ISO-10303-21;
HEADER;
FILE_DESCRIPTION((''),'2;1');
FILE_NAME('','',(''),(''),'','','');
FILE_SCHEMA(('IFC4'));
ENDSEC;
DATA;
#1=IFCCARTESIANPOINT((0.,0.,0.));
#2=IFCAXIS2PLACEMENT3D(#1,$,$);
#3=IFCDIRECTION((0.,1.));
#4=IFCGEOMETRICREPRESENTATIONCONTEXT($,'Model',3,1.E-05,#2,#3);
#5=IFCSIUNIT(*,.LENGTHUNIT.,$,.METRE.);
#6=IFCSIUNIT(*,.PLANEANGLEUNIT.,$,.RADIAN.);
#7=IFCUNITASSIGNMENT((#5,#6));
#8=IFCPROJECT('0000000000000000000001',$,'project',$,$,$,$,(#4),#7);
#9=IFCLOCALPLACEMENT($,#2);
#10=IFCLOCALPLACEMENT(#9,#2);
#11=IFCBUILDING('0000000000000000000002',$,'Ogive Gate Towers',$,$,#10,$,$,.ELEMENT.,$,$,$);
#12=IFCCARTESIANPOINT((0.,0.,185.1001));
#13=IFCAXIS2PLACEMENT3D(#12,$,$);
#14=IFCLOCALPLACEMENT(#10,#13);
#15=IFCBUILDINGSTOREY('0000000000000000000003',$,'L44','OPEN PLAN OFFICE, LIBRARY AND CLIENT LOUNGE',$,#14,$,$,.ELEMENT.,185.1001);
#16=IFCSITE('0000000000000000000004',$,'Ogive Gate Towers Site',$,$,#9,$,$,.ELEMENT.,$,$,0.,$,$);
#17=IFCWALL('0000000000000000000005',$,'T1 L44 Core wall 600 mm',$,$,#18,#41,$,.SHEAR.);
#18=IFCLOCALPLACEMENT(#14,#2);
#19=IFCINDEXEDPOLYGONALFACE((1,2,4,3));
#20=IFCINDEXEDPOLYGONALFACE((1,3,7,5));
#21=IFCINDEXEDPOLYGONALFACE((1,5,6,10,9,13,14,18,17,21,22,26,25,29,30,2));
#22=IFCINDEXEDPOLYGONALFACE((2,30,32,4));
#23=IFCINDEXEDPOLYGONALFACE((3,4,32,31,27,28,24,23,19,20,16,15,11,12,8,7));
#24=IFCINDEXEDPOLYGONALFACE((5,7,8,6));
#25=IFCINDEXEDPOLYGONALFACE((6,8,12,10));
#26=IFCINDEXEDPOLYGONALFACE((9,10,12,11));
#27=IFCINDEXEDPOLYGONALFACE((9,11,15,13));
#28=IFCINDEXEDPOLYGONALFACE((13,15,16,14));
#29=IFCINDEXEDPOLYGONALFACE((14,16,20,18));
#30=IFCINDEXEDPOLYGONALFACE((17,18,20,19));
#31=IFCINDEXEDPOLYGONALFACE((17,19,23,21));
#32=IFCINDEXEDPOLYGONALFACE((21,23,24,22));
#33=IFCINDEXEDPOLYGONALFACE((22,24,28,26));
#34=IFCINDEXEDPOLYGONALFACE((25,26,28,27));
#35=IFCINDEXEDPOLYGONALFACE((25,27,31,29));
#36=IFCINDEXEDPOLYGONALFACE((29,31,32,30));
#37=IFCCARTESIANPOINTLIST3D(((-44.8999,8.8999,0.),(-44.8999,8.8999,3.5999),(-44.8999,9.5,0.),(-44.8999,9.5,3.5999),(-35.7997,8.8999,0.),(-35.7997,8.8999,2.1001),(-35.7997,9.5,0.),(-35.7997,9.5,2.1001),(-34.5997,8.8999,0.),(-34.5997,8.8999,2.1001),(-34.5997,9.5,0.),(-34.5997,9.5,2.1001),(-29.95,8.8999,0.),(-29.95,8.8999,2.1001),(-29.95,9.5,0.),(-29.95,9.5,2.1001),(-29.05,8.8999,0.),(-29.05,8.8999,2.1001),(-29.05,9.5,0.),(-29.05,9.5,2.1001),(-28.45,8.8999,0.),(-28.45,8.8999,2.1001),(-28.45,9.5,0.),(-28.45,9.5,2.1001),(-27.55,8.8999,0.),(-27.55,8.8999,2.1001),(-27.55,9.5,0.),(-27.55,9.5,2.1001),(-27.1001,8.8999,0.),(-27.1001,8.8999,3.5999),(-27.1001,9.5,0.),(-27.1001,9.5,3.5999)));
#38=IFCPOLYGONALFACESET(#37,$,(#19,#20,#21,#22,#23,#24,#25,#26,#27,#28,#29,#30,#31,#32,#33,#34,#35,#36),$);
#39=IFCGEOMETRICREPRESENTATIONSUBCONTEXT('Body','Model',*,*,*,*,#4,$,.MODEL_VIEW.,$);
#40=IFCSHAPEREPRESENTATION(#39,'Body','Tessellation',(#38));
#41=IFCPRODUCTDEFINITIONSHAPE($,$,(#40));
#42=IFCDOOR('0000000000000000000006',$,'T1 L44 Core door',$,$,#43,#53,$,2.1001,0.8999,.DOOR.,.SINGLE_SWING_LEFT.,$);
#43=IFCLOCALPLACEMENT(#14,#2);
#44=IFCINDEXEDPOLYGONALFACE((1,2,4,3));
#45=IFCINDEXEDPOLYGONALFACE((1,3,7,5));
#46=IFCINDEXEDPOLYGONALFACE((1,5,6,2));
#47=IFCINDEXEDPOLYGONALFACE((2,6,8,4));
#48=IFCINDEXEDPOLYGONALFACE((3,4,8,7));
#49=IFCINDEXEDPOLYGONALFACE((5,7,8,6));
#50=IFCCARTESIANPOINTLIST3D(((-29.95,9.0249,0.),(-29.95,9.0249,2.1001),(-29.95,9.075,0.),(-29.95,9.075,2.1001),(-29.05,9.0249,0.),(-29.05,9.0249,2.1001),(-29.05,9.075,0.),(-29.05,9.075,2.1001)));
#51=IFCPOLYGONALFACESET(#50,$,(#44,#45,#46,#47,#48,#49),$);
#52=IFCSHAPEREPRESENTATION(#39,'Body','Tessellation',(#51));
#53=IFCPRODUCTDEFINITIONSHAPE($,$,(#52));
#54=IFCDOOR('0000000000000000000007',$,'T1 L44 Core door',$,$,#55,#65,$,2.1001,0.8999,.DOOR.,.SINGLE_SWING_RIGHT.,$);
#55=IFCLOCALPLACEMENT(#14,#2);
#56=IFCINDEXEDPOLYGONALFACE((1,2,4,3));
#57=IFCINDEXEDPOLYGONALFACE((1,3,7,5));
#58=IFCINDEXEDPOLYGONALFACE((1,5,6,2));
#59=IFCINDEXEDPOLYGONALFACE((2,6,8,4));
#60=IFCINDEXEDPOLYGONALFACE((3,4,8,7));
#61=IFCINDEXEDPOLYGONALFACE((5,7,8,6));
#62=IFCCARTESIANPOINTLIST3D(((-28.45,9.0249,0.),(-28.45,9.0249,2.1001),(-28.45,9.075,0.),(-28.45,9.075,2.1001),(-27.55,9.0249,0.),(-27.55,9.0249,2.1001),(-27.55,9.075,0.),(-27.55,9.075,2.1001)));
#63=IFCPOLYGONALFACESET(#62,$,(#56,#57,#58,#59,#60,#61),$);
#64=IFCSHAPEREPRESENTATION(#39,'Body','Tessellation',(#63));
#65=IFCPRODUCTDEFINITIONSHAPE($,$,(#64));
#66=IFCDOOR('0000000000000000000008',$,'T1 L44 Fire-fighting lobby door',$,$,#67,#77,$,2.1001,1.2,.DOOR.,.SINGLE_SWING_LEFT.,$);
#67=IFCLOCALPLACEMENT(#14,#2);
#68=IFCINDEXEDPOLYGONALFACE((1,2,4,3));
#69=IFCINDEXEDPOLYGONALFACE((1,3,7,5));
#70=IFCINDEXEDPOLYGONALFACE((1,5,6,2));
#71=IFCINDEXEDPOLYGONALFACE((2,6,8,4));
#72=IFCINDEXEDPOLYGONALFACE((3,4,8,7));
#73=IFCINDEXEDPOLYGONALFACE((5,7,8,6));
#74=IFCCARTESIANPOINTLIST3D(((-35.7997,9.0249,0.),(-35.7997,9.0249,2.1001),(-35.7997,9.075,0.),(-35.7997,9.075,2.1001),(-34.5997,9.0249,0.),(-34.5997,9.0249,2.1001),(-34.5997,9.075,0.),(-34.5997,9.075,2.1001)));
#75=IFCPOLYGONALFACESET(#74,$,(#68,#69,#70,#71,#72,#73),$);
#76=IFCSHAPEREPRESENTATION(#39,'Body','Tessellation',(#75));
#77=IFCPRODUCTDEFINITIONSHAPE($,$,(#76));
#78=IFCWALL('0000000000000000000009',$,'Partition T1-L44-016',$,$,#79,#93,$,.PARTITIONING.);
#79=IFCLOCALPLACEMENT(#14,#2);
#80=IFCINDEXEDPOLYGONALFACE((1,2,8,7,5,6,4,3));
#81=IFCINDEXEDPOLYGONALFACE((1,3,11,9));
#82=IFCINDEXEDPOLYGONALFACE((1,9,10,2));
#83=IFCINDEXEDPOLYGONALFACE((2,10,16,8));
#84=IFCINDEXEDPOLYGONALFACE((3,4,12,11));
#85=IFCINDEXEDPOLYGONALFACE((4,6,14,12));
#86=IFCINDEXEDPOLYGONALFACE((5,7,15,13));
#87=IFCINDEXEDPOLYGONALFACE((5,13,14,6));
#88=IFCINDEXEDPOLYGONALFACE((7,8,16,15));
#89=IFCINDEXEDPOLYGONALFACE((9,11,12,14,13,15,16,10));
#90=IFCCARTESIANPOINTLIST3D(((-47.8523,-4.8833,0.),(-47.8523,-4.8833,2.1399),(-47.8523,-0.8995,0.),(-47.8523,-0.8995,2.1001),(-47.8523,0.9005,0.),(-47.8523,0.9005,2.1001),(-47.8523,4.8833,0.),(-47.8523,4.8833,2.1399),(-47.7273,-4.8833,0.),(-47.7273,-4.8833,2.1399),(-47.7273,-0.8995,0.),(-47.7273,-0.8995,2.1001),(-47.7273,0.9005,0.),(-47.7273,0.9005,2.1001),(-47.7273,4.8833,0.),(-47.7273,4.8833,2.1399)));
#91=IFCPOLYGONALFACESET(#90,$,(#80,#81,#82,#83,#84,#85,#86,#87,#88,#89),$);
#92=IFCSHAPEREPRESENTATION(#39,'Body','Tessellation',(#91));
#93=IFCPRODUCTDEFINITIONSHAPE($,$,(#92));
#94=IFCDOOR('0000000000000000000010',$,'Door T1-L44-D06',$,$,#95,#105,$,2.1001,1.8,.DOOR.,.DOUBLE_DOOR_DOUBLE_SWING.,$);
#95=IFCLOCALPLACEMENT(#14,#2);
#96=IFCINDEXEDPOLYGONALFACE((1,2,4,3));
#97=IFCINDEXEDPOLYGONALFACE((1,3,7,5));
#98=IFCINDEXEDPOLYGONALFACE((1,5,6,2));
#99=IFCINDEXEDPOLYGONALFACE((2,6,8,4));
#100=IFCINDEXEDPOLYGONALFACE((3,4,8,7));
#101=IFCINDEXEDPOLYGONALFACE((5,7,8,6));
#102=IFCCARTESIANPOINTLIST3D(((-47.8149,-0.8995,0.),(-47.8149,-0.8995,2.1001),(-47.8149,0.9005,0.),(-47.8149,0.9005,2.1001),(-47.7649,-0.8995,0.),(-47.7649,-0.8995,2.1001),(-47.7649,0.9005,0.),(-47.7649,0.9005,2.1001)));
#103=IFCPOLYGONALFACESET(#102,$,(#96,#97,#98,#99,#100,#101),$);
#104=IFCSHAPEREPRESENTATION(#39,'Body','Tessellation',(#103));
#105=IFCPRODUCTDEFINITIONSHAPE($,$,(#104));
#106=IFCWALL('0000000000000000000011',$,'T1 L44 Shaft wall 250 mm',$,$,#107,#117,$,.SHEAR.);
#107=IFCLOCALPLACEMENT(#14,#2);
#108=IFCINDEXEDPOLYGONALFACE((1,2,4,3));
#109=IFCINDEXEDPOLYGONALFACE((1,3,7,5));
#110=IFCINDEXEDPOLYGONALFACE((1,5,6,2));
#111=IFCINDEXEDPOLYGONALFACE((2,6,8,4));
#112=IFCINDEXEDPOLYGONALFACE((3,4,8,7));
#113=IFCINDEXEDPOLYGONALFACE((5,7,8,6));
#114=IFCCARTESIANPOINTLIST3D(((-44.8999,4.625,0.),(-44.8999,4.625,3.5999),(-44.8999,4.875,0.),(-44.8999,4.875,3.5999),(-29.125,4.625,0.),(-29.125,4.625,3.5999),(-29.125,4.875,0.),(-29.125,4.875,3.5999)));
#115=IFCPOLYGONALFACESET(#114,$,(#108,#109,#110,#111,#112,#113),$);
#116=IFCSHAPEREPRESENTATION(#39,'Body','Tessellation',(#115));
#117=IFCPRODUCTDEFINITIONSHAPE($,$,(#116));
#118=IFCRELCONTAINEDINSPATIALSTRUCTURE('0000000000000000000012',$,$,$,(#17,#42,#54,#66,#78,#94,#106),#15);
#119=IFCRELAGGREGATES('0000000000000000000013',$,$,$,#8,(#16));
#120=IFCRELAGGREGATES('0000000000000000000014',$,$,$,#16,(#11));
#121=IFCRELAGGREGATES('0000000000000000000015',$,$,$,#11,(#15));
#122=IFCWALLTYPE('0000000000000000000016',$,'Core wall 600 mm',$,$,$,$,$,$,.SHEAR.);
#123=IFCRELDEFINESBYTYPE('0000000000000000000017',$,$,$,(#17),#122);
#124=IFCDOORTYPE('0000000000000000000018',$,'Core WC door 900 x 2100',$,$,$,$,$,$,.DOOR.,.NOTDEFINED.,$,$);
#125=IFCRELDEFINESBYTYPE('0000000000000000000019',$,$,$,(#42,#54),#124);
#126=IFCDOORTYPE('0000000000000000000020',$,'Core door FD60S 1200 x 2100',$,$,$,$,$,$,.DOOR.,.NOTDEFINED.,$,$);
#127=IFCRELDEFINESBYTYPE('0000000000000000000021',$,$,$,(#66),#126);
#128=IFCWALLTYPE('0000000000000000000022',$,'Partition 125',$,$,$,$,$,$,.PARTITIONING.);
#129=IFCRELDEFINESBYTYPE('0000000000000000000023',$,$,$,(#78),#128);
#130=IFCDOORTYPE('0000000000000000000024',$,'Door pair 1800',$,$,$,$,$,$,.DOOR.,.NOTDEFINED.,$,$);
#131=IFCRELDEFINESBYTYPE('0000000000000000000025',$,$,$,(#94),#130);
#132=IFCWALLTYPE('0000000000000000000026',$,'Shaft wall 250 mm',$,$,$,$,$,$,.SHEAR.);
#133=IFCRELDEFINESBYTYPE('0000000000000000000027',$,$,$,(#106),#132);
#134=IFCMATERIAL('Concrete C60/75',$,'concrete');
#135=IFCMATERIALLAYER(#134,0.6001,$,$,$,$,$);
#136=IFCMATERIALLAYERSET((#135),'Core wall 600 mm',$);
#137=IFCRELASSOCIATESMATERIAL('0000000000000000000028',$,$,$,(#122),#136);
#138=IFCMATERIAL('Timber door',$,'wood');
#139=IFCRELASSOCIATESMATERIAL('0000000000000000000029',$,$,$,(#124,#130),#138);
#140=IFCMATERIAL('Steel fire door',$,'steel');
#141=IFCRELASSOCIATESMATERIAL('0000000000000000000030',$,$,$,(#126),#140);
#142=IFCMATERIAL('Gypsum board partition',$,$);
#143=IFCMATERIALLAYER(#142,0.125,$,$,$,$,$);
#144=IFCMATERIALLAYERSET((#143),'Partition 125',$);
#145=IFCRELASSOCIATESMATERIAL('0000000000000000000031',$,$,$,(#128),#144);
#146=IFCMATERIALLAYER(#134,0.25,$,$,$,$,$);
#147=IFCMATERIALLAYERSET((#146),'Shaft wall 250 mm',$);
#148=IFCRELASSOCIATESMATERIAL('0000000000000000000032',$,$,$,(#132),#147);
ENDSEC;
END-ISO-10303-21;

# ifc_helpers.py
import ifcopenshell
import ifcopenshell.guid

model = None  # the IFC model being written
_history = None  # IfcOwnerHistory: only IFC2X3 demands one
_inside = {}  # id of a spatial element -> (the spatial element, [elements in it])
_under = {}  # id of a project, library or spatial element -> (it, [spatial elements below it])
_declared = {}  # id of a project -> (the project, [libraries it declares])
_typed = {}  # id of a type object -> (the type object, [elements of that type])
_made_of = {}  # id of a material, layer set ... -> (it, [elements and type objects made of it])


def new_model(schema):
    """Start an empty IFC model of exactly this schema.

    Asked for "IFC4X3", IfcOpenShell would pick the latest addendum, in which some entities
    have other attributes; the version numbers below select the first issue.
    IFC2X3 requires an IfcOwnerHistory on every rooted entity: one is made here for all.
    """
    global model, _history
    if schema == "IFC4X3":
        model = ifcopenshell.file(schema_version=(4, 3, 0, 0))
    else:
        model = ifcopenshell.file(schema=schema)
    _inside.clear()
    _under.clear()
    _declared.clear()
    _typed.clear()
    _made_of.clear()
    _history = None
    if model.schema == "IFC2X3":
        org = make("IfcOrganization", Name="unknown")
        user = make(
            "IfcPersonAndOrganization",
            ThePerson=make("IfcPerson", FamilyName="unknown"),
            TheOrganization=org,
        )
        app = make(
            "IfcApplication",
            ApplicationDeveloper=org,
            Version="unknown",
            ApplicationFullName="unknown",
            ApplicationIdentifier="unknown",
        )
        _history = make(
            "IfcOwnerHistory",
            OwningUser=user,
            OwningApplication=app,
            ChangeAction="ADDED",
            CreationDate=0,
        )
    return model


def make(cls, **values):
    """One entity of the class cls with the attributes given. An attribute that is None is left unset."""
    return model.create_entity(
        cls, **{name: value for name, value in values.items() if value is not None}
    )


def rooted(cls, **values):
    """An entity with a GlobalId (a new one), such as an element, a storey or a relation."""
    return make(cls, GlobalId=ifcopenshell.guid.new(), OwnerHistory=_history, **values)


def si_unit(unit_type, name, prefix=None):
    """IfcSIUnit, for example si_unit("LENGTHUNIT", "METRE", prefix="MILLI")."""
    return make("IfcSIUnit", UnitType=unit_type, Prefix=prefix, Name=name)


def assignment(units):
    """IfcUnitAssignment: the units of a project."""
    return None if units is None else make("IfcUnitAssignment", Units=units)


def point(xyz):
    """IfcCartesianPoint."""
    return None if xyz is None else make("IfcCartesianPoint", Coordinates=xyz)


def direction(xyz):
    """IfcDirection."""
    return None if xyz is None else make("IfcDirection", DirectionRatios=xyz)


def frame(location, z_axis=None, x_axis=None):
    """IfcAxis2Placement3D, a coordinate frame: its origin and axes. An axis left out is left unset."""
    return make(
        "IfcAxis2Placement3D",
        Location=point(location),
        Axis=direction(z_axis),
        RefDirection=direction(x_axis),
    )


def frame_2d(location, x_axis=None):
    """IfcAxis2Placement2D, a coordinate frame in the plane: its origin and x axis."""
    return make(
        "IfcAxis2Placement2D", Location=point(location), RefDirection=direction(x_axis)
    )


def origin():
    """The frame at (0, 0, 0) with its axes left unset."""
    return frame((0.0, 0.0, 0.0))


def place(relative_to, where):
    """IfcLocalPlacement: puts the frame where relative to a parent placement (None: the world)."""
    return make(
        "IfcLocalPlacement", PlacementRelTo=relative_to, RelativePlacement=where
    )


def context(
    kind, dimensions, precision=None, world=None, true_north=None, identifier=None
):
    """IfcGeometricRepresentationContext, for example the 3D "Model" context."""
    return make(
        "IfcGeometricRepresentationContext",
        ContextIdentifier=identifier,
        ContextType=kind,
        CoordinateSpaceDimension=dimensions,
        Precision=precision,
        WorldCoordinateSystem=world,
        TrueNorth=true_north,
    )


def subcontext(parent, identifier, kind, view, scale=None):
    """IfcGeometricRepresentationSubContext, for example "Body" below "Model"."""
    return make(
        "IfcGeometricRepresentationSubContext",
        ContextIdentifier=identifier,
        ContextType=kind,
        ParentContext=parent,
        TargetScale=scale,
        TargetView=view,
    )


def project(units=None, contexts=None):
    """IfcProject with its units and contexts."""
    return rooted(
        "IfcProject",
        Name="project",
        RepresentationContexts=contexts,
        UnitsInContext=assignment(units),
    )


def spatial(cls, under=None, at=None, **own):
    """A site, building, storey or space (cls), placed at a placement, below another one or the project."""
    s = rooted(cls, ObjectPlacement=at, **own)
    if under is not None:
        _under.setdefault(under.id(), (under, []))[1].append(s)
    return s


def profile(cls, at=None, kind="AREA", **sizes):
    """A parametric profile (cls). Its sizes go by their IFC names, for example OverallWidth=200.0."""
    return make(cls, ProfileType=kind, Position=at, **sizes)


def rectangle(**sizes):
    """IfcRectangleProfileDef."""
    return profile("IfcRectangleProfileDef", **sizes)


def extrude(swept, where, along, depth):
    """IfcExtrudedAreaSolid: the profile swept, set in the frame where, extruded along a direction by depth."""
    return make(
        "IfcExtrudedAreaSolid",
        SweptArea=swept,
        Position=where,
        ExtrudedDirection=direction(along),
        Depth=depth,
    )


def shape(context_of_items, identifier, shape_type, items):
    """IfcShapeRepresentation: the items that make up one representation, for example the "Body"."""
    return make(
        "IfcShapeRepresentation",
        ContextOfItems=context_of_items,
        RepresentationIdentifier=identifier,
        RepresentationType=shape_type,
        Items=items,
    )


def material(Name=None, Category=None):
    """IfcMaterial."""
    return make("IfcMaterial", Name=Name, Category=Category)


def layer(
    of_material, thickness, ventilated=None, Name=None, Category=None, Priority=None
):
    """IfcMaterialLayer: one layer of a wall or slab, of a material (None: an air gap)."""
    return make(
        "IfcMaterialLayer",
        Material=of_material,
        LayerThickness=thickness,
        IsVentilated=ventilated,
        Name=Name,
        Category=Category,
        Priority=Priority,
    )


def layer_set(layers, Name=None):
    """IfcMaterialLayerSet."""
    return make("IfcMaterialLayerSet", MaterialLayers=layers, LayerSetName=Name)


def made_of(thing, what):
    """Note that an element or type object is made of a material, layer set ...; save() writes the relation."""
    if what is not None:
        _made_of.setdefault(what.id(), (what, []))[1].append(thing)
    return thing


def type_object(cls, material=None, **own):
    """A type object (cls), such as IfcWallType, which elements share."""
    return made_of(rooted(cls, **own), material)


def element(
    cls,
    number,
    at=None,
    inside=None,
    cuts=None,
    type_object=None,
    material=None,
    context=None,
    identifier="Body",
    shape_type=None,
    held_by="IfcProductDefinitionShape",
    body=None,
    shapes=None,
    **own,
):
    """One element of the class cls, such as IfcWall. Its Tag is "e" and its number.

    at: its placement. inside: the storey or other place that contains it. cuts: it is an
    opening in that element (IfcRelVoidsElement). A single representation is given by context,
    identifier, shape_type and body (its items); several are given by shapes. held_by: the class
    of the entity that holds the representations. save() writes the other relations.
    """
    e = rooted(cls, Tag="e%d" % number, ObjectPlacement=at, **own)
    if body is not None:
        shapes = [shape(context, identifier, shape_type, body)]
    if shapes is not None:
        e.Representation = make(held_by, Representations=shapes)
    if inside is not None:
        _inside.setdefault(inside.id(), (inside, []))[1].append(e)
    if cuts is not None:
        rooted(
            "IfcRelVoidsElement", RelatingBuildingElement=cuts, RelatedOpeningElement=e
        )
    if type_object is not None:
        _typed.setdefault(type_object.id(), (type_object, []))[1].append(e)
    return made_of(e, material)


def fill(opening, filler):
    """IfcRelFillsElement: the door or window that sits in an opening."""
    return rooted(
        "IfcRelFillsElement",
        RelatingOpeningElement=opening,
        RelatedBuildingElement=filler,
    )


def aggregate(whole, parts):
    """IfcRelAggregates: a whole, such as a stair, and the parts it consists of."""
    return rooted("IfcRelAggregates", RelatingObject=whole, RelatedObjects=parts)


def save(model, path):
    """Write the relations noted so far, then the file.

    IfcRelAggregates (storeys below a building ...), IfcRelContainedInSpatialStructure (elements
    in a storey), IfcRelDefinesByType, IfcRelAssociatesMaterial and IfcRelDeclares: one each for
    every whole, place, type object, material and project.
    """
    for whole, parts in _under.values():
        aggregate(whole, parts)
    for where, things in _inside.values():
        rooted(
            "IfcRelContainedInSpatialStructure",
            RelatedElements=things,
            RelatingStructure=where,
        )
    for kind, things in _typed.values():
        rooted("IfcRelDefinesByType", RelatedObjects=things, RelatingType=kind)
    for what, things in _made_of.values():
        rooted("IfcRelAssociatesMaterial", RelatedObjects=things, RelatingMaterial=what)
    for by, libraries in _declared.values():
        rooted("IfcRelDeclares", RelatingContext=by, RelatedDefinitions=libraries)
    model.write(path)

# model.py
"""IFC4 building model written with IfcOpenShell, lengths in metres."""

from ifc_helpers import new_model, si_unit, direction, frame, frame_2d, origin, place, context, subcontext, project, spatial, rectangle, extrude, material, layer, layer_set, type_object, element, fill, save


model = new_model("IFC4")

# Units and contexts
model_context = context("Model", 3, precision=1e-05, world=origin(), true_north=direction((0.0, 1.0)))
body_context = subcontext(model_context, "Body", "Model", "MODEL_VIEW")
ifc_project = project(units=[si_unit("LENGTHUNIT", "METRE"), si_unit("PLANEANGLEUNIT", "RADIAN")], contexts=[model_context])

# Site, building, storey
site_placement = place(None, origin())
site = spatial("IfcSite", under=ifc_project, at=site_placement, Name="Ogive Gate Towers Site", CompositionType="ELEMENT", RefElevation=0.0)
building_placement = place(site_placement, origin())
building = spatial("IfcBuilding", under=site, at=building_placement, Name="Ogive Gate Towers", CompositionType="ELEMENT")
storey_placement = place(building_placement, frame((0.0, 0.0, 185.1001)))
storey = spatial("IfcBuildingStorey", under=building, at=storey_placement, Name="L44", Description="OPEN PLAN OFFICE, LIBRARY AND CLIENT LOUNGE", CompositionType="ELEMENT", Elevation=185.1001)

# Shared definitions
ifc_material_1 = material(Name="Timber door", Category="wood")

# Wall, openings, doors
ifc_material_2 = material(Name="Concrete C60/75", Category="concrete")
ifc_layer_1 = layer(ifc_material_2, 0.6001)
ifc_layer_set_1 = layer_set([ifc_layer_1], Name="Core wall 600 mm")
wall_type_1 = type_object("IfcWallType", Name="Core wall 600 mm", PredefinedType="SHEAR", material=ifc_layer_set_1)
wall_1_placement = place(storey_placement, frame((-44.8999, 9.2, 0.0), z_axis=(0.0, 0.0, 1.0), x_axis=(1.0, 0.0, 0.0)))
wall_1 = element("IfcWall", 1, at=wall_1_placement, inside=storey, type_object=wall_type_1, Name="T1 L44 Core wall 600 mm", PredefinedType="SHEAR", context=body_context, shape_type="SweptSolid", body=[
    extrude(rectangle(XDim=17.7998, YDim=0.6001, at=frame_2d((8.8999, 0.0))), origin(), (0.0, 0.0, 1.0), 3.5999),
])
opening_1_placement = place(wall_1_placement, frame((9.1001, 0.0, 0.0)))
opening_1 = element("IfcOpeningElement", 2, at=opening_1_placement, cuts=wall_1, PredefinedType="OPENING", context=body_context, shape_type="SweptSolid", body=[
    extrude(rectangle(XDim=1.2, YDim=2.1001, at=frame_2d((0.6001, 1.05))), frame((0.0, 0.3101, 0.0), z_axis=(0.0, -1.0, 0.0), x_axis=(1.0, 0.0, 0.0)), (0.0, 0.0, 1.0), 0.6201),
])
opening_2_placement = place(wall_1_placement, frame((14.95, 0.0, 0.0)))
opening_2 = element("IfcOpeningElement", 3, at=opening_2_placement, cuts=wall_1, PredefinedType="OPENING", context=body_context, shape_type="SweptSolid", body=[
    extrude(rectangle(XDim=0.8999, YDim=2.1001, at=frame_2d((0.45, 1.05))), frame((0.0, 0.3101, 0.0), z_axis=(0.0, -1.0, 0.0), x_axis=(1.0, 0.0, 0.0)), (0.0, 0.0, 1.0), 0.6201),
])
opening_3_placement = place(wall_1_placement, frame((16.45, 0.0, 0.0)))
opening_3 = element("IfcOpeningElement", 4, at=opening_3_placement, cuts=wall_1, PredefinedType="OPENING", context=body_context, shape_type="SweptSolid", body=[
    extrude(rectangle(XDim=0.8999, YDim=2.1001, at=frame_2d((0.45, 1.05))), frame((0.0, 0.3101, 0.0), z_axis=(0.0, -1.0, 0.0), x_axis=(1.0, 0.0, 0.0)), (0.0, 0.0, 1.0), 0.6201),
])
door_type_1 = type_object("IfcDoorType", Name="Core WC door 900 x 2100", OperationType="NOTDEFINED", PredefinedType="DOOR", material=ifc_material_1)
door_1_placement = place(opening_2_placement, origin())
door_1 = element("IfcDoor", 5, at=door_1_placement, inside=storey, type_object=door_type_1, Name="T1 L44 Core door", OperationType="SINGLE_SWING_LEFT", OverallHeight=2.1001, OverallWidth=0.8999, PredefinedType="DOOR", context=body_context, shape_type="SweptSolid", body=[
    extrude(rectangle(XDim=0.8999, YDim=2.1001, at=frame_2d((0.45, 1.05))), frame((0.0, -0.125, 0.0), z_axis=(0.0, -1.0, 0.0), x_axis=(1.0, 0.0, 0.0)), (0.0, 0.0, 1.0), 0.05),
])
fill(opening_2, door_1)
door_2_placement = place(opening_3_placement, origin())
door_2 = element("IfcDoor", 6, at=door_2_placement, inside=storey, type_object=door_type_1, Name="T1 L44 Core door", OperationType="SINGLE_SWING_RIGHT", OverallHeight=2.1001, OverallWidth=0.8999, PredefinedType="DOOR", context=body_context, shape_type="SweptSolid", body=[
    extrude(rectangle(XDim=0.8999, YDim=2.1001, at=frame_2d((0.45, 1.05))), frame((0.0, -0.125, 0.0), z_axis=(0.0, -1.0, 0.0), x_axis=(1.0, 0.0, 0.0)), (0.0, 0.0, 1.0), 0.05),
])
fill(opening_3, door_2)
ifc_material_3 = material(Name="Steel fire door", Category="steel")
door_type_2 = type_object("IfcDoorType", Name="Core door FD60S 1200 x 2100", OperationType="NOTDEFINED", PredefinedType="DOOR", material=ifc_material_3)
door_3_placement = place(opening_1_placement, origin())
door_3 = element("IfcDoor", 7, at=door_3_placement, inside=storey, type_object=door_type_2, Name="T1 L44 Fire-fighting lobby door", OperationType="SINGLE_SWING_LEFT", OverallHeight=2.1001, OverallWidth=1.2, PredefinedType="DOOR", context=body_context, shape_type="SweptSolid", body=[
    extrude(rectangle(XDim=1.2, YDim=2.1001, at=frame_2d((0.6001, 1.05))), frame((0.0, -0.125, 0.0), z_axis=(0.0, -1.0, 0.0), x_axis=(1.0, 0.0, 0.0)), (0.0, 0.0, 1.0), 0.05),
])
fill(opening_1, door_3)

# Wall, opening, door
ifc_material_4 = material(Name="Gypsum board partition")
ifc_layer_2 = layer(ifc_material_4, 0.125)
ifc_layer_set_2 = layer_set([ifc_layer_2], Name="Partition 125")
wall_type_2 = type_object("IfcWallType", Name="Partition 125", PredefinedType="PARTITIONING", material=ifc_layer_set_2)
wall_2_placement = place(storey_placement, frame((-47.7898, 4.8833, 0.0), z_axis=(0.0, 0.0, 1.0), x_axis=(0.0, -1.0, 0.0)))
wall_2 = element("IfcWall", 8, at=wall_2_placement, inside=storey, type_object=wall_type_2, Name="Partition T1-L44-016", PredefinedType="PARTITIONING", context=body_context, shape_type="SweptSolid", body=[
    extrude(rectangle(XDim=9.7666, YDim=0.125, at=frame_2d((4.8833, 0.0))), origin(), (0.0, 0.0, 1.0), 2.1399),
])
opening_4_placement = place(wall_2_placement, frame((3.9829, 0.0, 0.0)))
opening_4 = element("IfcOpeningElement", 9, at=opening_4_placement, cuts=wall_2, PredefinedType="OPENING", context=body_context, shape_type="SweptSolid", body=[
    extrude(rectangle(XDim=1.8, YDim=2.1001, at=frame_2d((0.8999, 1.05))), frame((0.0, 0.0725, 0.0), z_axis=(0.0, -1.0, 0.0), x_axis=(1.0, 0.0, 0.0)), (0.0, 0.0, 1.0), 0.145),
])
door_type_3 = type_object("IfcDoorType", Name="Door pair 1800", OperationType="NOTDEFINED", PredefinedType="DOOR", material=ifc_material_1)
door_4_placement = place(opening_4_placement, origin())
door_4 = element("IfcDoor", 10, at=door_4_placement, inside=storey, type_object=door_type_3, Name="Door T1-L44-D06", OperationType="DOUBLE_DOOR_DOUBLE_SWING", OverallHeight=2.1001, OverallWidth=1.8, PredefinedType="DOOR", context=body_context, shape_type="SweptSolid", body=[
    extrude(rectangle(XDim=1.8, YDim=2.1001, at=frame_2d((0.8999, 1.05))), frame((0.0, 0.0249, 0.0), z_axis=(0.0, -1.0, 0.0), x_axis=(1.0, 0.0, 0.0)), (0.0, 0.0, 1.0), 0.05),
])
fill(opening_4, door_4)

# Wall
ifc_layer_3 = layer(ifc_material_2, 0.25)
ifc_layer_set_3 = layer_set([ifc_layer_3], Name="Shaft wall 250 mm")
wall_type_3 = type_object("IfcWallType", Name="Shaft wall 250 mm", PredefinedType="SHEAR", material=ifc_layer_set_3)
wall_3_placement = place(storey_placement, frame((-44.8999, 4.75, 0.0), z_axis=(0.0, 0.0, 1.0), x_axis=(1.0, 0.0, 0.0)))
element("IfcWall", 11, at=wall_3_placement, inside=storey, type_object=wall_type_3, Name="T1 L44 Shaft wall 250 mm", PredefinedType="SHEAR", context=body_context, shape_type="SweptSolid", body=[
    extrude(rectangle(XDim=15.7749, YDim=0.25, at=frame_2d((7.8875, 0.0))), origin(), (0.0, 0.0, 1.0), 3.5999),
])

save(model, "model.ifc")
